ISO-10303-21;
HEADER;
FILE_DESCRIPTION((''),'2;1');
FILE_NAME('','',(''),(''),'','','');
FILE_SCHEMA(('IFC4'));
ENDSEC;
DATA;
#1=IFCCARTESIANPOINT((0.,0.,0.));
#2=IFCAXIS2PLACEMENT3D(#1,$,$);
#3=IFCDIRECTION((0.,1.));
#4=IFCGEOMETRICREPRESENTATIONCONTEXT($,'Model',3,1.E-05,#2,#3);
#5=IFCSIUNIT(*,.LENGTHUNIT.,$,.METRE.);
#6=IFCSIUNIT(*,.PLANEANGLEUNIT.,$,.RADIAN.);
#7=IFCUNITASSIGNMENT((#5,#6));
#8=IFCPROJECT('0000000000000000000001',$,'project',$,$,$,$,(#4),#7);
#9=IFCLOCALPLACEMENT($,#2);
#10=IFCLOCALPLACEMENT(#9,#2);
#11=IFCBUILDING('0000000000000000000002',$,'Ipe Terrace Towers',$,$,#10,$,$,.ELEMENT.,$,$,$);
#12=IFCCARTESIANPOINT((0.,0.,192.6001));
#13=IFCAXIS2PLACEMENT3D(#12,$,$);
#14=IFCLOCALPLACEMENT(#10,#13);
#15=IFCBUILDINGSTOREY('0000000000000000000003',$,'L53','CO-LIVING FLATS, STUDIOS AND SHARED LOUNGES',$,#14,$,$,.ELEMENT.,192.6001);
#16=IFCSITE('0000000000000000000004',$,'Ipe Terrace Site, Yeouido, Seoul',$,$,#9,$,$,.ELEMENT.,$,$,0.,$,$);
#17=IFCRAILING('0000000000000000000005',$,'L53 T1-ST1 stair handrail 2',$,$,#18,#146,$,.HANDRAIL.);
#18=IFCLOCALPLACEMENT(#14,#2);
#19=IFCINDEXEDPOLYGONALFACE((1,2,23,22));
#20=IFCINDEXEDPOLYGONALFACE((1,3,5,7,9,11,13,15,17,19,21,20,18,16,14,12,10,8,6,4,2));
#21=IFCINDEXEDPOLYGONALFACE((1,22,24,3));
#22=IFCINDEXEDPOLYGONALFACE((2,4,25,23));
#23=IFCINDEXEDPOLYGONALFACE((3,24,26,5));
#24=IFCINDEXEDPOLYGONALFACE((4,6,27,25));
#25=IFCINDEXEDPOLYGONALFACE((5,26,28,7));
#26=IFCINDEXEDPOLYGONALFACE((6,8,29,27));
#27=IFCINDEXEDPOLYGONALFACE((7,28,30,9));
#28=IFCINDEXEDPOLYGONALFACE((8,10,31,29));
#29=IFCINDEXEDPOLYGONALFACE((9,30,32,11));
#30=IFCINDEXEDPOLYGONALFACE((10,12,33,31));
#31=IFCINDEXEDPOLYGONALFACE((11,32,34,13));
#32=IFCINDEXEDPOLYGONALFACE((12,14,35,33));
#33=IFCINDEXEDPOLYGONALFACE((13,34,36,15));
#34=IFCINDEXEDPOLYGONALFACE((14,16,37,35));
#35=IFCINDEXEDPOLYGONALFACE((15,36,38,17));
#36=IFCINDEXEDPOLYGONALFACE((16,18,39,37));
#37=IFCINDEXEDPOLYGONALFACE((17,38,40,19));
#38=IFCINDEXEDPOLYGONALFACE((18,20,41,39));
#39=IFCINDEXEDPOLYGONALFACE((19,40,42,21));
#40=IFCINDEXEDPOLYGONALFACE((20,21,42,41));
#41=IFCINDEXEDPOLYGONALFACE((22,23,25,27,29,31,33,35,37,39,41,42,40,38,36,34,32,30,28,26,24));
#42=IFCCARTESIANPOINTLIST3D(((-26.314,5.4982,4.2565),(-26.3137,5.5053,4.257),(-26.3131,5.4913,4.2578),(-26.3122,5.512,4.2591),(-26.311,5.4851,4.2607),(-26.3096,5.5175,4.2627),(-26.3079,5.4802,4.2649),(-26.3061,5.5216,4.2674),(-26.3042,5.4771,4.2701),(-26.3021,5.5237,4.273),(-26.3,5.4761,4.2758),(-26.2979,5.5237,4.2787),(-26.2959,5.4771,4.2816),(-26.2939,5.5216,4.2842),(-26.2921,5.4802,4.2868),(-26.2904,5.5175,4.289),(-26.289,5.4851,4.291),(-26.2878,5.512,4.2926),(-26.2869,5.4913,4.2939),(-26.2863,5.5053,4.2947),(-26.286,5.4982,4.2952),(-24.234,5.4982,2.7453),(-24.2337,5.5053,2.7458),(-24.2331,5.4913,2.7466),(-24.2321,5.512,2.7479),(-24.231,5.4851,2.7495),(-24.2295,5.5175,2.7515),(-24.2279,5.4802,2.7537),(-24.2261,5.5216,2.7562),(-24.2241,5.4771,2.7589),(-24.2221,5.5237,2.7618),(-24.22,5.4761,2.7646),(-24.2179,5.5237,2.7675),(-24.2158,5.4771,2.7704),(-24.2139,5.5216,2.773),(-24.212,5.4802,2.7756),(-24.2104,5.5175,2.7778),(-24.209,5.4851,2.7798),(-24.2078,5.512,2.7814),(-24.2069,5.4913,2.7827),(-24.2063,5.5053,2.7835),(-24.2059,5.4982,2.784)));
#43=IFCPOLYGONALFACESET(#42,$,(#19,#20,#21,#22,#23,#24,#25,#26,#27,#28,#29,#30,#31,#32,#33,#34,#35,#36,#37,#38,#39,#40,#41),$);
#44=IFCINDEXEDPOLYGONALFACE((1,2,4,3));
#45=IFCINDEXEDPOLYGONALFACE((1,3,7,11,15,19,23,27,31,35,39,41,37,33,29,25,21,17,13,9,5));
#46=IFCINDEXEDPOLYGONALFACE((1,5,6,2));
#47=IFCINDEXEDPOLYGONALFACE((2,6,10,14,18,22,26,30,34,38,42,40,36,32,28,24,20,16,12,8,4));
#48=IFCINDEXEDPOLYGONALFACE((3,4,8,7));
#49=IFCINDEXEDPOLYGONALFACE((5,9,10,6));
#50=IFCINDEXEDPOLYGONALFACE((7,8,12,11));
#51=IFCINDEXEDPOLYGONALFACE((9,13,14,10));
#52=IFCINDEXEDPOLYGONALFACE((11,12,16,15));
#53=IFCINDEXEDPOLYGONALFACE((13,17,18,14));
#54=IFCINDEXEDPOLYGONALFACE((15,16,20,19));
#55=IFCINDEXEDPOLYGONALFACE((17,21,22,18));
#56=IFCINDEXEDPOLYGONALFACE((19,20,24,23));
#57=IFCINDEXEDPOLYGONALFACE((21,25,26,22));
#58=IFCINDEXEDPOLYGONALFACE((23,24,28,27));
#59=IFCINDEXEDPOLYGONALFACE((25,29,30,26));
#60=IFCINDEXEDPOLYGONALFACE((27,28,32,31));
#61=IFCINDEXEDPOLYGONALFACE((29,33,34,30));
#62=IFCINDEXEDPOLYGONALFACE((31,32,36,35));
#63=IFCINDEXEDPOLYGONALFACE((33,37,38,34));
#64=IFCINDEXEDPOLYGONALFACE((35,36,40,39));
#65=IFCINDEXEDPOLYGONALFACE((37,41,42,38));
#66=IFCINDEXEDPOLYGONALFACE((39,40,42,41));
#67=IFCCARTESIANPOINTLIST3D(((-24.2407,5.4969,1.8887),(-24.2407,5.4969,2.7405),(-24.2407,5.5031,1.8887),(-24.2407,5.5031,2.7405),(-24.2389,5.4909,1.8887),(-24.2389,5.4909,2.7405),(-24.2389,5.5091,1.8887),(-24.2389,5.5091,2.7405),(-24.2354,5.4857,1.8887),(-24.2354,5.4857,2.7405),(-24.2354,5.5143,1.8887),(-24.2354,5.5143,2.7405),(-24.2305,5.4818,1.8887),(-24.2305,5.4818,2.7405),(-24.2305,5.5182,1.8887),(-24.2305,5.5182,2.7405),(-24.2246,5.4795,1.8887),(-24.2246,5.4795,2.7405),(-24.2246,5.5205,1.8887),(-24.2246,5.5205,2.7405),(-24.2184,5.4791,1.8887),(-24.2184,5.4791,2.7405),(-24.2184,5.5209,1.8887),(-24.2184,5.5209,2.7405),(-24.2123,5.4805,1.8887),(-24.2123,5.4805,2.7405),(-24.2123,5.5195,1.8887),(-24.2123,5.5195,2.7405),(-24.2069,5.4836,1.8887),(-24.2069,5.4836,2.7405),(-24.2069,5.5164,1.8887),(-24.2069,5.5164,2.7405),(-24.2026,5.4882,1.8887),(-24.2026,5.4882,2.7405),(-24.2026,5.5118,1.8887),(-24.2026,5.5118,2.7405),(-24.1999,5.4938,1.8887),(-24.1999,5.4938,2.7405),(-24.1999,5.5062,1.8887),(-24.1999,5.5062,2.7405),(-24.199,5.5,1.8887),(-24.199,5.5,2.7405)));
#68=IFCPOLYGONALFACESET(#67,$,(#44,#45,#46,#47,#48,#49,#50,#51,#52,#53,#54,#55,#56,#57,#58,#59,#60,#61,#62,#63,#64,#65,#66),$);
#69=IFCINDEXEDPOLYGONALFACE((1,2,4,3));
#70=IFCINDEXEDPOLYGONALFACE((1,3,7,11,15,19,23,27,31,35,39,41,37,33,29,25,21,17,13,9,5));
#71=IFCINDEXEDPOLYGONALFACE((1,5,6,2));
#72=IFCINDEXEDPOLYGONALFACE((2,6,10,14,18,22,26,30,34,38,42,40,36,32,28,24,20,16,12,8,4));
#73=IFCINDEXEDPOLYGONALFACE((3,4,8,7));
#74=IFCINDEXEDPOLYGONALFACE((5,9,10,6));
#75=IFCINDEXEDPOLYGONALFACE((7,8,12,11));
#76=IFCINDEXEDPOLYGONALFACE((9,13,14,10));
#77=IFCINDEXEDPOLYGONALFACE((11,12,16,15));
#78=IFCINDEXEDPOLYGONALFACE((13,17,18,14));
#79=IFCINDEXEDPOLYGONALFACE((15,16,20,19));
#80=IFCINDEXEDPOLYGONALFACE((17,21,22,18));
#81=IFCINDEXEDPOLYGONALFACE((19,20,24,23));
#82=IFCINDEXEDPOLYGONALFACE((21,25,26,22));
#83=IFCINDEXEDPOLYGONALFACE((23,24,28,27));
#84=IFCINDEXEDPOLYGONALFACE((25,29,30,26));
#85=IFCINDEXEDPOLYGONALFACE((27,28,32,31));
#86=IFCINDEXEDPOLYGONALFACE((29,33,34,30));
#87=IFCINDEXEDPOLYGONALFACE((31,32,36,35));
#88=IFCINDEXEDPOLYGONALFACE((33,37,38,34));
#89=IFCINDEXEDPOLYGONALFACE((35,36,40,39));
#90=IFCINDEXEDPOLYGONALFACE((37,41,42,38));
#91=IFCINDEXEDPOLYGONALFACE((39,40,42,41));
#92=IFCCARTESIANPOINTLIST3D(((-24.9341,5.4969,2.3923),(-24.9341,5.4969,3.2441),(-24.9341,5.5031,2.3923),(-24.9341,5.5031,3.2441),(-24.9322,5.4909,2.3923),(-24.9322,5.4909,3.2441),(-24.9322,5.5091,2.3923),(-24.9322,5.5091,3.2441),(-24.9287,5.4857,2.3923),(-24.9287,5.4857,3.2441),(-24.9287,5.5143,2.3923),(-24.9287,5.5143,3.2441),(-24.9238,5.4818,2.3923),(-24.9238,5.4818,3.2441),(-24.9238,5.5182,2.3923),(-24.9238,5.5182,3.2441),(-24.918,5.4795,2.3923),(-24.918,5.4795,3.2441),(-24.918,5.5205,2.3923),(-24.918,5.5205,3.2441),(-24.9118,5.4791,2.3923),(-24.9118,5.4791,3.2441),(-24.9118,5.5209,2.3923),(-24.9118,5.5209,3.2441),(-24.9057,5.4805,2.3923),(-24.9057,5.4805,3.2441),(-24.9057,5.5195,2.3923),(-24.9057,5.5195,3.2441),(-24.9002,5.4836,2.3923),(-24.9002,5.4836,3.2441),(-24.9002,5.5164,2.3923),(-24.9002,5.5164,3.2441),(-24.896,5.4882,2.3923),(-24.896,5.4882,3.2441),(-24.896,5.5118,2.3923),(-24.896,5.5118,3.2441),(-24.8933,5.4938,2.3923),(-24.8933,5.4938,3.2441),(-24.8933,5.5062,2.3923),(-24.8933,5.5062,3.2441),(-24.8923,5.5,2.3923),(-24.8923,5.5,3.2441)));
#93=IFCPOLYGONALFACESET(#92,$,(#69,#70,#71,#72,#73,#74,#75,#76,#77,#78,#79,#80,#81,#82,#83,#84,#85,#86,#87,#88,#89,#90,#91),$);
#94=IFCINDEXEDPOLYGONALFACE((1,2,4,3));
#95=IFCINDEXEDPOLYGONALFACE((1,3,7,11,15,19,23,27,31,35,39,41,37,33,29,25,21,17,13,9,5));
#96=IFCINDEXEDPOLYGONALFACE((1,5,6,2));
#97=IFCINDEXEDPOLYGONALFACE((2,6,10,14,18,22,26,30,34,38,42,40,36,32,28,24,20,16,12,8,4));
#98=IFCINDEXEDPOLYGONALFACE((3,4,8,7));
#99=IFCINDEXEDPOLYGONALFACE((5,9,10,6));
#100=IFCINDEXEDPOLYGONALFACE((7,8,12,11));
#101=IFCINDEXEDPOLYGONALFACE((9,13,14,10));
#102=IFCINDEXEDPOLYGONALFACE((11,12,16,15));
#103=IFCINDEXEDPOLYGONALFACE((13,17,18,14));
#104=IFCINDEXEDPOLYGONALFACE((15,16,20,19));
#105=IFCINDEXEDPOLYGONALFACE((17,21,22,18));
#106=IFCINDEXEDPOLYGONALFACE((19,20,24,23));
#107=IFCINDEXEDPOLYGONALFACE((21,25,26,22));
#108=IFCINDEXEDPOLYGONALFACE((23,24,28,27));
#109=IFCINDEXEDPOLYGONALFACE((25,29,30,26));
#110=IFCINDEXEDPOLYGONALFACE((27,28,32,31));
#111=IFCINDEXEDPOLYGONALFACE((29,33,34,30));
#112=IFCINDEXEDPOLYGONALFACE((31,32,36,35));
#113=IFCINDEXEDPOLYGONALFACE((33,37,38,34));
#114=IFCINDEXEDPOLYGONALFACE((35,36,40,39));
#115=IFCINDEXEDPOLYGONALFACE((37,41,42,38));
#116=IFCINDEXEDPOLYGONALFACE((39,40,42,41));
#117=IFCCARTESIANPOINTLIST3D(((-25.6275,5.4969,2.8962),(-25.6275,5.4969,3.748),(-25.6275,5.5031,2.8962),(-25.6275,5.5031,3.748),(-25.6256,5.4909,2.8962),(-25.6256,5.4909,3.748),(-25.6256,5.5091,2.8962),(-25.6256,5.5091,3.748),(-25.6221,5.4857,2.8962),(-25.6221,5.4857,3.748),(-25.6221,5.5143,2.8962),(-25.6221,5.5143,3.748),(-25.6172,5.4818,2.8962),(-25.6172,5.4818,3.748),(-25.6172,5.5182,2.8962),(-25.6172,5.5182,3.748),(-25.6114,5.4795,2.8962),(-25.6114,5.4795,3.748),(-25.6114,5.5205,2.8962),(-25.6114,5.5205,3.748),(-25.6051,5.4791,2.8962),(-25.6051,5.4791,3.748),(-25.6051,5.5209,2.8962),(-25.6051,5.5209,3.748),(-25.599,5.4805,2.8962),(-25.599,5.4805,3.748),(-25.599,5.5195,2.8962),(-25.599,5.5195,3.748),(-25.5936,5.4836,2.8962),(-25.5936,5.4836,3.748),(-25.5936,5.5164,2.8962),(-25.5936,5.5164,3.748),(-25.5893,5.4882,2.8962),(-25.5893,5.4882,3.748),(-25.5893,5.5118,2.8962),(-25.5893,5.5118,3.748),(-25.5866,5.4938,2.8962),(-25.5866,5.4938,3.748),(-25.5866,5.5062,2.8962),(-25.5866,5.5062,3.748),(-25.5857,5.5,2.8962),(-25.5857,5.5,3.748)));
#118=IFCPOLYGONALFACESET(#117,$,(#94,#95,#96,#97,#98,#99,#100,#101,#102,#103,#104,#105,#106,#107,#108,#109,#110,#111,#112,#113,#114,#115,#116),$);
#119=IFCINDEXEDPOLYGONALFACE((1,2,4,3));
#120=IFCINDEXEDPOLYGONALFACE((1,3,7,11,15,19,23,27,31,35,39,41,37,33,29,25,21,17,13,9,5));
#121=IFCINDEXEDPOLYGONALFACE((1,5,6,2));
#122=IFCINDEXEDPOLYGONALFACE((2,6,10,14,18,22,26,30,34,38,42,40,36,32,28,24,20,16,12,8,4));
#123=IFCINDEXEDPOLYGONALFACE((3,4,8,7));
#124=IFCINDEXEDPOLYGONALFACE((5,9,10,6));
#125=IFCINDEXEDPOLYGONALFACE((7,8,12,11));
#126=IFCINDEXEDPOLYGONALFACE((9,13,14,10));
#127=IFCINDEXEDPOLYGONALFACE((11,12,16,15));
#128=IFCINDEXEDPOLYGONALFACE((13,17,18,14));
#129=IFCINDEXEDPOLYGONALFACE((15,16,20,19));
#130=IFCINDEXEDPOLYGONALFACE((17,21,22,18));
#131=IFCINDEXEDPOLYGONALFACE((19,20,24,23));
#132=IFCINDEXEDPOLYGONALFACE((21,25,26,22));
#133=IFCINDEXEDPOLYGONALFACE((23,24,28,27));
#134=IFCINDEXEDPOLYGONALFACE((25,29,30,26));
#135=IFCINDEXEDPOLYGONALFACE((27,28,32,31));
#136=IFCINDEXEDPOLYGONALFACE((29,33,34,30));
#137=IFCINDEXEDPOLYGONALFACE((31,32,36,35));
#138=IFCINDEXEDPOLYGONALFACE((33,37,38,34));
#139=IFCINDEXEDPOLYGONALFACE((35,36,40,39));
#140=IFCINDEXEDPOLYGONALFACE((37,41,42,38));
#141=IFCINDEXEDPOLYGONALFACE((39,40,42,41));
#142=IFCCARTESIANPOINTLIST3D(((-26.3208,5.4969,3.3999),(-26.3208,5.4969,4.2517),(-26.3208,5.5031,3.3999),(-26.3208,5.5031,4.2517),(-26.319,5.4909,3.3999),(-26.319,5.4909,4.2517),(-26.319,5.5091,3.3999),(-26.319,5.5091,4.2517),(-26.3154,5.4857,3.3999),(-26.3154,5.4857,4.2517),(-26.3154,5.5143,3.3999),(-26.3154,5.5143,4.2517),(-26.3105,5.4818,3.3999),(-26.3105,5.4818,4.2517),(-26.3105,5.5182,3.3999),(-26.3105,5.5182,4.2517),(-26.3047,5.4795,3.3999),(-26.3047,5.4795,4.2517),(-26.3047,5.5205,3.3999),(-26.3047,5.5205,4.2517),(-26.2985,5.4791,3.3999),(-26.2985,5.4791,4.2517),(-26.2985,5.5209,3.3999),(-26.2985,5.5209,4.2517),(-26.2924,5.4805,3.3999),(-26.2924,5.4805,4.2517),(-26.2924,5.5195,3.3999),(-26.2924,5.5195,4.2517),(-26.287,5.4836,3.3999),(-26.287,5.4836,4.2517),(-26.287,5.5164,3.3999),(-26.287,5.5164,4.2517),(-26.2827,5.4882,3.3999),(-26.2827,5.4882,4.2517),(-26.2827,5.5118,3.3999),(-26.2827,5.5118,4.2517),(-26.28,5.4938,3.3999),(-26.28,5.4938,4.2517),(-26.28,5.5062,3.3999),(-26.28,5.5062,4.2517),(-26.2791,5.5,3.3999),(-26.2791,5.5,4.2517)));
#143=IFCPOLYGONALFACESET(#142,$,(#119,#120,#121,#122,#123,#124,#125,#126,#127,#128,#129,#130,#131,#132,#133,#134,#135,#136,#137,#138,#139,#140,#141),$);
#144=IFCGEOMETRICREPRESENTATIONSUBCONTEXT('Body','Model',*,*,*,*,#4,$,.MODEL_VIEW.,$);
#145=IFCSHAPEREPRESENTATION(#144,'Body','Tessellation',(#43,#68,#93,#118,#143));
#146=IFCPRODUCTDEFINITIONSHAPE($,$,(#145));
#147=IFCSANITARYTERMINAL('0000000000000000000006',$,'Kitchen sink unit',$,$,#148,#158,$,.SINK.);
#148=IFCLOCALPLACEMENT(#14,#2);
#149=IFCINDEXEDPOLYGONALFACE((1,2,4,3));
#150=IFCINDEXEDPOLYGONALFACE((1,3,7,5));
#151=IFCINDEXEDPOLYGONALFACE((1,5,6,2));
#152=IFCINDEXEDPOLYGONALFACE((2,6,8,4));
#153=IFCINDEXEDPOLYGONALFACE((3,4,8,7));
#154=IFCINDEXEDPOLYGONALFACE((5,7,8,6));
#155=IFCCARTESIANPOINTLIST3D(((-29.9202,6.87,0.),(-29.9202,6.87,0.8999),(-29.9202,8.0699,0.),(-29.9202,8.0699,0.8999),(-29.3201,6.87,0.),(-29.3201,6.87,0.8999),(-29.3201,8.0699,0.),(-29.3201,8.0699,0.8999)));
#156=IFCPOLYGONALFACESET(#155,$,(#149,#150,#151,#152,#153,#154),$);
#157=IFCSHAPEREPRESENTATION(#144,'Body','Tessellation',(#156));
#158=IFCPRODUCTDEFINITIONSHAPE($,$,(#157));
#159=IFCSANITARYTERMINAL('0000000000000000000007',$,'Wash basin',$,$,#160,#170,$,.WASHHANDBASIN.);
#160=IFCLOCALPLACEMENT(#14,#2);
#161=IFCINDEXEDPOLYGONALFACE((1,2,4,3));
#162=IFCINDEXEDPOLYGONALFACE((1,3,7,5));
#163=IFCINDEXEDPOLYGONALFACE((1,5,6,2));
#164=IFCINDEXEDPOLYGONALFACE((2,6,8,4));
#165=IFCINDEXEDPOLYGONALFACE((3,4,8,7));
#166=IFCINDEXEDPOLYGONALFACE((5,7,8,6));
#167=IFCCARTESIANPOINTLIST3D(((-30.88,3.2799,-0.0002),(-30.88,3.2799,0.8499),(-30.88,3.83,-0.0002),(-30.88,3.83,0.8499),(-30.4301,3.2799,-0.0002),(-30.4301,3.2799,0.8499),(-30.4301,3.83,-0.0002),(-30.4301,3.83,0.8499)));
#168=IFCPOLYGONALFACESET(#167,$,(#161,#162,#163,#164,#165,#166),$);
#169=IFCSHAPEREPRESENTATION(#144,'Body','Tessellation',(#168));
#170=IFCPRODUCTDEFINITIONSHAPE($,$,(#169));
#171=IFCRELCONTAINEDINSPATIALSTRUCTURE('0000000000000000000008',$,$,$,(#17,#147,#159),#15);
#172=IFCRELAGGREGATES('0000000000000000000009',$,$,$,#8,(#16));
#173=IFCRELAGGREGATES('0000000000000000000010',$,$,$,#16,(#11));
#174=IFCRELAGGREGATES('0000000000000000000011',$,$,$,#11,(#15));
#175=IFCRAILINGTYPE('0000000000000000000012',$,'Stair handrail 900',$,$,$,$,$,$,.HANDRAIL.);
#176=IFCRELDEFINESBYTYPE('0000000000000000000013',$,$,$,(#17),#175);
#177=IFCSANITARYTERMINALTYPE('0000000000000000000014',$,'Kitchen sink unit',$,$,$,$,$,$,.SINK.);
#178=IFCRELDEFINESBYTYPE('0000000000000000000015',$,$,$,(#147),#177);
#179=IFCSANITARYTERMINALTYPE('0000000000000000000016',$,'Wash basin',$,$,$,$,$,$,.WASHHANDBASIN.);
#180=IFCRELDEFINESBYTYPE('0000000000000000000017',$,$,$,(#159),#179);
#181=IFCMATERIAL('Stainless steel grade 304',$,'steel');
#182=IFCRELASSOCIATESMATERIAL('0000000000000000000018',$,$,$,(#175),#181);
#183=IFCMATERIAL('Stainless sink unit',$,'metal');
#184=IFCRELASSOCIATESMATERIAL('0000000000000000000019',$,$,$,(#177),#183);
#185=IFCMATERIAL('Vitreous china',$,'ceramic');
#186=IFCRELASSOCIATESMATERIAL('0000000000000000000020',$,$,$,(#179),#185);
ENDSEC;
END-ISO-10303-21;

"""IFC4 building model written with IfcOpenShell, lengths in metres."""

from ifc_helpers import new_model, si_unit, direction, frame, origin, origin_2d, place, context, subcontext, project, spatial, rectangle, circle, extrude, material, type_object, element, save


model = new_model("IFC4")

# Units and contexts
model_context = context("Model", 3, precision=1e-05, world=origin(), true_north=direction((0.0, 1.0)))
body_context = subcontext(model_context, "Body", "Model", "MODEL_VIEW")
ifc_project = project(units=[si_unit("LENGTHUNIT", "METRE"), si_unit("PLANEANGLEUNIT", "RADIAN")], contexts=[model_context])

# Site, building, storey
site_placement = place(None, origin())
site = spatial("IfcSite", under=ifc_project, at=site_placement, Name="Ipe Terrace Site, Yeouido, Seoul", CompositionType="ELEMENT", RefElevation=0.0)
building_placement = place(site_placement, origin())
building = spatial("IfcBuilding", under=site, at=building_placement, Name="Ipe Terrace Towers", CompositionType="ELEMENT")
storey_placement = place(building_placement, frame((0.0, 0.0, 192.6001)))
storey = spatial("IfcBuildingStorey", under=building, at=storey_placement, Name="L53", Description="CO-LIVING FLATS, STUDIOS AND SHARED LOUNGES", CompositionType="ELEMENT", Elevation=192.6001)

# Railing
ifc_material_1 = material(Name="Stainless steel grade 304", Category="steel")
railing_type_1 = type_object("IfcRailingType", Name="Stair handrail 900", PredefinedType="HANDRAIL", material=ifc_material_1)
railing_1_placement = place(storey_placement, frame((-24.22, 5.5, 1.8887)))
element("IfcRailing", 1, at=railing_1_placement, inside=storey, type_object=railing_type_1, Name="L53 T1-ST1 stair handrail 2", PredefinedType="HANDRAIL", context=body_context, shape_type="SweptSolid", body=[
    extrude(circle(Radius=0.0239, at=origin_2d()), frame((0.0, 0.0, 0.876), z_axis=(-0.809023, 0.0, 0.587776), x_axis=(0.0, -1.0, 0.0)), (0.0, 0.0, 1.0), 2.571),
    extrude(circle(Radius=0.021, at=origin_2d()), origin(), (0.0, 0.0, 1.0), 0.8518),
    extrude(circle(Radius=0.021, at=origin_2d()), frame((-0.6934, 0.0, 0.5037)), (0.0, 0.0, 1.0), 0.8518),
    extrude(circle(Radius=0.021, at=origin_2d()), frame((-1.3867, 0.0, 1.0076)), (0.0, 0.0, 1.0), 0.8518),
    extrude(circle(Radius=0.021, at=origin_2d()), frame((-2.0801, 0.0, 1.5112)), (0.0, 0.0, 1.0), 0.8518),
])

# Sanitary terminals
ifc_material_2 = material(Name="Stainless sink unit", Category="metal")
sanitary_terminal_type_1 = type_object("IfcSanitaryTerminalType", Name="Kitchen sink unit", PredefinedType="SINK", material=ifc_material_2)
sanitary_terminal_1_placement = place(storey_placement, frame((-29.6201, 7.47, 0.0), z_axis=(0.0, 0.0, 1.0), x_axis=(0.0, -1.0, 0.0)))
element("IfcSanitaryTerminal", 2, at=sanitary_terminal_1_placement, inside=storey, type_object=sanitary_terminal_type_1, Name="Kitchen sink unit", PredefinedType="SINK", context=body_context, shape_type="SweptSolid", body=[
    extrude(rectangle(XDim=1.2, YDim=0.6001, at=origin_2d()), origin(), (0.0, 0.0, 1.0), 0.8999),
])
ifc_material_3 = material(Name="Vitreous china", Category="ceramic")
sanitary_terminal_type_2 = type_object("IfcSanitaryTerminalType", Name="Wash basin", PredefinedType="WASHHANDBASIN", material=ifc_material_3)
sanitary_terminal_2_placement = place(storey_placement, frame((-30.655, 3.5549, -0.0002), z_axis=(0.0, 0.0, 1.0), x_axis=(0.0, -1.0, 0.0)))
element("IfcSanitaryTerminal", 3, at=sanitary_terminal_2_placement, inside=storey, type_object=sanitary_terminal_type_2, Name="Wash basin", PredefinedType="WASHHANDBASIN", context=body_context, shape_type="SweptSolid", body=[
    extrude(rectangle(XDim=0.55, YDim=0.45, at=origin_2d()), origin(), (0.0, 0.0, 1.0), 0.8501),
])

save(model, "model.ifc")
